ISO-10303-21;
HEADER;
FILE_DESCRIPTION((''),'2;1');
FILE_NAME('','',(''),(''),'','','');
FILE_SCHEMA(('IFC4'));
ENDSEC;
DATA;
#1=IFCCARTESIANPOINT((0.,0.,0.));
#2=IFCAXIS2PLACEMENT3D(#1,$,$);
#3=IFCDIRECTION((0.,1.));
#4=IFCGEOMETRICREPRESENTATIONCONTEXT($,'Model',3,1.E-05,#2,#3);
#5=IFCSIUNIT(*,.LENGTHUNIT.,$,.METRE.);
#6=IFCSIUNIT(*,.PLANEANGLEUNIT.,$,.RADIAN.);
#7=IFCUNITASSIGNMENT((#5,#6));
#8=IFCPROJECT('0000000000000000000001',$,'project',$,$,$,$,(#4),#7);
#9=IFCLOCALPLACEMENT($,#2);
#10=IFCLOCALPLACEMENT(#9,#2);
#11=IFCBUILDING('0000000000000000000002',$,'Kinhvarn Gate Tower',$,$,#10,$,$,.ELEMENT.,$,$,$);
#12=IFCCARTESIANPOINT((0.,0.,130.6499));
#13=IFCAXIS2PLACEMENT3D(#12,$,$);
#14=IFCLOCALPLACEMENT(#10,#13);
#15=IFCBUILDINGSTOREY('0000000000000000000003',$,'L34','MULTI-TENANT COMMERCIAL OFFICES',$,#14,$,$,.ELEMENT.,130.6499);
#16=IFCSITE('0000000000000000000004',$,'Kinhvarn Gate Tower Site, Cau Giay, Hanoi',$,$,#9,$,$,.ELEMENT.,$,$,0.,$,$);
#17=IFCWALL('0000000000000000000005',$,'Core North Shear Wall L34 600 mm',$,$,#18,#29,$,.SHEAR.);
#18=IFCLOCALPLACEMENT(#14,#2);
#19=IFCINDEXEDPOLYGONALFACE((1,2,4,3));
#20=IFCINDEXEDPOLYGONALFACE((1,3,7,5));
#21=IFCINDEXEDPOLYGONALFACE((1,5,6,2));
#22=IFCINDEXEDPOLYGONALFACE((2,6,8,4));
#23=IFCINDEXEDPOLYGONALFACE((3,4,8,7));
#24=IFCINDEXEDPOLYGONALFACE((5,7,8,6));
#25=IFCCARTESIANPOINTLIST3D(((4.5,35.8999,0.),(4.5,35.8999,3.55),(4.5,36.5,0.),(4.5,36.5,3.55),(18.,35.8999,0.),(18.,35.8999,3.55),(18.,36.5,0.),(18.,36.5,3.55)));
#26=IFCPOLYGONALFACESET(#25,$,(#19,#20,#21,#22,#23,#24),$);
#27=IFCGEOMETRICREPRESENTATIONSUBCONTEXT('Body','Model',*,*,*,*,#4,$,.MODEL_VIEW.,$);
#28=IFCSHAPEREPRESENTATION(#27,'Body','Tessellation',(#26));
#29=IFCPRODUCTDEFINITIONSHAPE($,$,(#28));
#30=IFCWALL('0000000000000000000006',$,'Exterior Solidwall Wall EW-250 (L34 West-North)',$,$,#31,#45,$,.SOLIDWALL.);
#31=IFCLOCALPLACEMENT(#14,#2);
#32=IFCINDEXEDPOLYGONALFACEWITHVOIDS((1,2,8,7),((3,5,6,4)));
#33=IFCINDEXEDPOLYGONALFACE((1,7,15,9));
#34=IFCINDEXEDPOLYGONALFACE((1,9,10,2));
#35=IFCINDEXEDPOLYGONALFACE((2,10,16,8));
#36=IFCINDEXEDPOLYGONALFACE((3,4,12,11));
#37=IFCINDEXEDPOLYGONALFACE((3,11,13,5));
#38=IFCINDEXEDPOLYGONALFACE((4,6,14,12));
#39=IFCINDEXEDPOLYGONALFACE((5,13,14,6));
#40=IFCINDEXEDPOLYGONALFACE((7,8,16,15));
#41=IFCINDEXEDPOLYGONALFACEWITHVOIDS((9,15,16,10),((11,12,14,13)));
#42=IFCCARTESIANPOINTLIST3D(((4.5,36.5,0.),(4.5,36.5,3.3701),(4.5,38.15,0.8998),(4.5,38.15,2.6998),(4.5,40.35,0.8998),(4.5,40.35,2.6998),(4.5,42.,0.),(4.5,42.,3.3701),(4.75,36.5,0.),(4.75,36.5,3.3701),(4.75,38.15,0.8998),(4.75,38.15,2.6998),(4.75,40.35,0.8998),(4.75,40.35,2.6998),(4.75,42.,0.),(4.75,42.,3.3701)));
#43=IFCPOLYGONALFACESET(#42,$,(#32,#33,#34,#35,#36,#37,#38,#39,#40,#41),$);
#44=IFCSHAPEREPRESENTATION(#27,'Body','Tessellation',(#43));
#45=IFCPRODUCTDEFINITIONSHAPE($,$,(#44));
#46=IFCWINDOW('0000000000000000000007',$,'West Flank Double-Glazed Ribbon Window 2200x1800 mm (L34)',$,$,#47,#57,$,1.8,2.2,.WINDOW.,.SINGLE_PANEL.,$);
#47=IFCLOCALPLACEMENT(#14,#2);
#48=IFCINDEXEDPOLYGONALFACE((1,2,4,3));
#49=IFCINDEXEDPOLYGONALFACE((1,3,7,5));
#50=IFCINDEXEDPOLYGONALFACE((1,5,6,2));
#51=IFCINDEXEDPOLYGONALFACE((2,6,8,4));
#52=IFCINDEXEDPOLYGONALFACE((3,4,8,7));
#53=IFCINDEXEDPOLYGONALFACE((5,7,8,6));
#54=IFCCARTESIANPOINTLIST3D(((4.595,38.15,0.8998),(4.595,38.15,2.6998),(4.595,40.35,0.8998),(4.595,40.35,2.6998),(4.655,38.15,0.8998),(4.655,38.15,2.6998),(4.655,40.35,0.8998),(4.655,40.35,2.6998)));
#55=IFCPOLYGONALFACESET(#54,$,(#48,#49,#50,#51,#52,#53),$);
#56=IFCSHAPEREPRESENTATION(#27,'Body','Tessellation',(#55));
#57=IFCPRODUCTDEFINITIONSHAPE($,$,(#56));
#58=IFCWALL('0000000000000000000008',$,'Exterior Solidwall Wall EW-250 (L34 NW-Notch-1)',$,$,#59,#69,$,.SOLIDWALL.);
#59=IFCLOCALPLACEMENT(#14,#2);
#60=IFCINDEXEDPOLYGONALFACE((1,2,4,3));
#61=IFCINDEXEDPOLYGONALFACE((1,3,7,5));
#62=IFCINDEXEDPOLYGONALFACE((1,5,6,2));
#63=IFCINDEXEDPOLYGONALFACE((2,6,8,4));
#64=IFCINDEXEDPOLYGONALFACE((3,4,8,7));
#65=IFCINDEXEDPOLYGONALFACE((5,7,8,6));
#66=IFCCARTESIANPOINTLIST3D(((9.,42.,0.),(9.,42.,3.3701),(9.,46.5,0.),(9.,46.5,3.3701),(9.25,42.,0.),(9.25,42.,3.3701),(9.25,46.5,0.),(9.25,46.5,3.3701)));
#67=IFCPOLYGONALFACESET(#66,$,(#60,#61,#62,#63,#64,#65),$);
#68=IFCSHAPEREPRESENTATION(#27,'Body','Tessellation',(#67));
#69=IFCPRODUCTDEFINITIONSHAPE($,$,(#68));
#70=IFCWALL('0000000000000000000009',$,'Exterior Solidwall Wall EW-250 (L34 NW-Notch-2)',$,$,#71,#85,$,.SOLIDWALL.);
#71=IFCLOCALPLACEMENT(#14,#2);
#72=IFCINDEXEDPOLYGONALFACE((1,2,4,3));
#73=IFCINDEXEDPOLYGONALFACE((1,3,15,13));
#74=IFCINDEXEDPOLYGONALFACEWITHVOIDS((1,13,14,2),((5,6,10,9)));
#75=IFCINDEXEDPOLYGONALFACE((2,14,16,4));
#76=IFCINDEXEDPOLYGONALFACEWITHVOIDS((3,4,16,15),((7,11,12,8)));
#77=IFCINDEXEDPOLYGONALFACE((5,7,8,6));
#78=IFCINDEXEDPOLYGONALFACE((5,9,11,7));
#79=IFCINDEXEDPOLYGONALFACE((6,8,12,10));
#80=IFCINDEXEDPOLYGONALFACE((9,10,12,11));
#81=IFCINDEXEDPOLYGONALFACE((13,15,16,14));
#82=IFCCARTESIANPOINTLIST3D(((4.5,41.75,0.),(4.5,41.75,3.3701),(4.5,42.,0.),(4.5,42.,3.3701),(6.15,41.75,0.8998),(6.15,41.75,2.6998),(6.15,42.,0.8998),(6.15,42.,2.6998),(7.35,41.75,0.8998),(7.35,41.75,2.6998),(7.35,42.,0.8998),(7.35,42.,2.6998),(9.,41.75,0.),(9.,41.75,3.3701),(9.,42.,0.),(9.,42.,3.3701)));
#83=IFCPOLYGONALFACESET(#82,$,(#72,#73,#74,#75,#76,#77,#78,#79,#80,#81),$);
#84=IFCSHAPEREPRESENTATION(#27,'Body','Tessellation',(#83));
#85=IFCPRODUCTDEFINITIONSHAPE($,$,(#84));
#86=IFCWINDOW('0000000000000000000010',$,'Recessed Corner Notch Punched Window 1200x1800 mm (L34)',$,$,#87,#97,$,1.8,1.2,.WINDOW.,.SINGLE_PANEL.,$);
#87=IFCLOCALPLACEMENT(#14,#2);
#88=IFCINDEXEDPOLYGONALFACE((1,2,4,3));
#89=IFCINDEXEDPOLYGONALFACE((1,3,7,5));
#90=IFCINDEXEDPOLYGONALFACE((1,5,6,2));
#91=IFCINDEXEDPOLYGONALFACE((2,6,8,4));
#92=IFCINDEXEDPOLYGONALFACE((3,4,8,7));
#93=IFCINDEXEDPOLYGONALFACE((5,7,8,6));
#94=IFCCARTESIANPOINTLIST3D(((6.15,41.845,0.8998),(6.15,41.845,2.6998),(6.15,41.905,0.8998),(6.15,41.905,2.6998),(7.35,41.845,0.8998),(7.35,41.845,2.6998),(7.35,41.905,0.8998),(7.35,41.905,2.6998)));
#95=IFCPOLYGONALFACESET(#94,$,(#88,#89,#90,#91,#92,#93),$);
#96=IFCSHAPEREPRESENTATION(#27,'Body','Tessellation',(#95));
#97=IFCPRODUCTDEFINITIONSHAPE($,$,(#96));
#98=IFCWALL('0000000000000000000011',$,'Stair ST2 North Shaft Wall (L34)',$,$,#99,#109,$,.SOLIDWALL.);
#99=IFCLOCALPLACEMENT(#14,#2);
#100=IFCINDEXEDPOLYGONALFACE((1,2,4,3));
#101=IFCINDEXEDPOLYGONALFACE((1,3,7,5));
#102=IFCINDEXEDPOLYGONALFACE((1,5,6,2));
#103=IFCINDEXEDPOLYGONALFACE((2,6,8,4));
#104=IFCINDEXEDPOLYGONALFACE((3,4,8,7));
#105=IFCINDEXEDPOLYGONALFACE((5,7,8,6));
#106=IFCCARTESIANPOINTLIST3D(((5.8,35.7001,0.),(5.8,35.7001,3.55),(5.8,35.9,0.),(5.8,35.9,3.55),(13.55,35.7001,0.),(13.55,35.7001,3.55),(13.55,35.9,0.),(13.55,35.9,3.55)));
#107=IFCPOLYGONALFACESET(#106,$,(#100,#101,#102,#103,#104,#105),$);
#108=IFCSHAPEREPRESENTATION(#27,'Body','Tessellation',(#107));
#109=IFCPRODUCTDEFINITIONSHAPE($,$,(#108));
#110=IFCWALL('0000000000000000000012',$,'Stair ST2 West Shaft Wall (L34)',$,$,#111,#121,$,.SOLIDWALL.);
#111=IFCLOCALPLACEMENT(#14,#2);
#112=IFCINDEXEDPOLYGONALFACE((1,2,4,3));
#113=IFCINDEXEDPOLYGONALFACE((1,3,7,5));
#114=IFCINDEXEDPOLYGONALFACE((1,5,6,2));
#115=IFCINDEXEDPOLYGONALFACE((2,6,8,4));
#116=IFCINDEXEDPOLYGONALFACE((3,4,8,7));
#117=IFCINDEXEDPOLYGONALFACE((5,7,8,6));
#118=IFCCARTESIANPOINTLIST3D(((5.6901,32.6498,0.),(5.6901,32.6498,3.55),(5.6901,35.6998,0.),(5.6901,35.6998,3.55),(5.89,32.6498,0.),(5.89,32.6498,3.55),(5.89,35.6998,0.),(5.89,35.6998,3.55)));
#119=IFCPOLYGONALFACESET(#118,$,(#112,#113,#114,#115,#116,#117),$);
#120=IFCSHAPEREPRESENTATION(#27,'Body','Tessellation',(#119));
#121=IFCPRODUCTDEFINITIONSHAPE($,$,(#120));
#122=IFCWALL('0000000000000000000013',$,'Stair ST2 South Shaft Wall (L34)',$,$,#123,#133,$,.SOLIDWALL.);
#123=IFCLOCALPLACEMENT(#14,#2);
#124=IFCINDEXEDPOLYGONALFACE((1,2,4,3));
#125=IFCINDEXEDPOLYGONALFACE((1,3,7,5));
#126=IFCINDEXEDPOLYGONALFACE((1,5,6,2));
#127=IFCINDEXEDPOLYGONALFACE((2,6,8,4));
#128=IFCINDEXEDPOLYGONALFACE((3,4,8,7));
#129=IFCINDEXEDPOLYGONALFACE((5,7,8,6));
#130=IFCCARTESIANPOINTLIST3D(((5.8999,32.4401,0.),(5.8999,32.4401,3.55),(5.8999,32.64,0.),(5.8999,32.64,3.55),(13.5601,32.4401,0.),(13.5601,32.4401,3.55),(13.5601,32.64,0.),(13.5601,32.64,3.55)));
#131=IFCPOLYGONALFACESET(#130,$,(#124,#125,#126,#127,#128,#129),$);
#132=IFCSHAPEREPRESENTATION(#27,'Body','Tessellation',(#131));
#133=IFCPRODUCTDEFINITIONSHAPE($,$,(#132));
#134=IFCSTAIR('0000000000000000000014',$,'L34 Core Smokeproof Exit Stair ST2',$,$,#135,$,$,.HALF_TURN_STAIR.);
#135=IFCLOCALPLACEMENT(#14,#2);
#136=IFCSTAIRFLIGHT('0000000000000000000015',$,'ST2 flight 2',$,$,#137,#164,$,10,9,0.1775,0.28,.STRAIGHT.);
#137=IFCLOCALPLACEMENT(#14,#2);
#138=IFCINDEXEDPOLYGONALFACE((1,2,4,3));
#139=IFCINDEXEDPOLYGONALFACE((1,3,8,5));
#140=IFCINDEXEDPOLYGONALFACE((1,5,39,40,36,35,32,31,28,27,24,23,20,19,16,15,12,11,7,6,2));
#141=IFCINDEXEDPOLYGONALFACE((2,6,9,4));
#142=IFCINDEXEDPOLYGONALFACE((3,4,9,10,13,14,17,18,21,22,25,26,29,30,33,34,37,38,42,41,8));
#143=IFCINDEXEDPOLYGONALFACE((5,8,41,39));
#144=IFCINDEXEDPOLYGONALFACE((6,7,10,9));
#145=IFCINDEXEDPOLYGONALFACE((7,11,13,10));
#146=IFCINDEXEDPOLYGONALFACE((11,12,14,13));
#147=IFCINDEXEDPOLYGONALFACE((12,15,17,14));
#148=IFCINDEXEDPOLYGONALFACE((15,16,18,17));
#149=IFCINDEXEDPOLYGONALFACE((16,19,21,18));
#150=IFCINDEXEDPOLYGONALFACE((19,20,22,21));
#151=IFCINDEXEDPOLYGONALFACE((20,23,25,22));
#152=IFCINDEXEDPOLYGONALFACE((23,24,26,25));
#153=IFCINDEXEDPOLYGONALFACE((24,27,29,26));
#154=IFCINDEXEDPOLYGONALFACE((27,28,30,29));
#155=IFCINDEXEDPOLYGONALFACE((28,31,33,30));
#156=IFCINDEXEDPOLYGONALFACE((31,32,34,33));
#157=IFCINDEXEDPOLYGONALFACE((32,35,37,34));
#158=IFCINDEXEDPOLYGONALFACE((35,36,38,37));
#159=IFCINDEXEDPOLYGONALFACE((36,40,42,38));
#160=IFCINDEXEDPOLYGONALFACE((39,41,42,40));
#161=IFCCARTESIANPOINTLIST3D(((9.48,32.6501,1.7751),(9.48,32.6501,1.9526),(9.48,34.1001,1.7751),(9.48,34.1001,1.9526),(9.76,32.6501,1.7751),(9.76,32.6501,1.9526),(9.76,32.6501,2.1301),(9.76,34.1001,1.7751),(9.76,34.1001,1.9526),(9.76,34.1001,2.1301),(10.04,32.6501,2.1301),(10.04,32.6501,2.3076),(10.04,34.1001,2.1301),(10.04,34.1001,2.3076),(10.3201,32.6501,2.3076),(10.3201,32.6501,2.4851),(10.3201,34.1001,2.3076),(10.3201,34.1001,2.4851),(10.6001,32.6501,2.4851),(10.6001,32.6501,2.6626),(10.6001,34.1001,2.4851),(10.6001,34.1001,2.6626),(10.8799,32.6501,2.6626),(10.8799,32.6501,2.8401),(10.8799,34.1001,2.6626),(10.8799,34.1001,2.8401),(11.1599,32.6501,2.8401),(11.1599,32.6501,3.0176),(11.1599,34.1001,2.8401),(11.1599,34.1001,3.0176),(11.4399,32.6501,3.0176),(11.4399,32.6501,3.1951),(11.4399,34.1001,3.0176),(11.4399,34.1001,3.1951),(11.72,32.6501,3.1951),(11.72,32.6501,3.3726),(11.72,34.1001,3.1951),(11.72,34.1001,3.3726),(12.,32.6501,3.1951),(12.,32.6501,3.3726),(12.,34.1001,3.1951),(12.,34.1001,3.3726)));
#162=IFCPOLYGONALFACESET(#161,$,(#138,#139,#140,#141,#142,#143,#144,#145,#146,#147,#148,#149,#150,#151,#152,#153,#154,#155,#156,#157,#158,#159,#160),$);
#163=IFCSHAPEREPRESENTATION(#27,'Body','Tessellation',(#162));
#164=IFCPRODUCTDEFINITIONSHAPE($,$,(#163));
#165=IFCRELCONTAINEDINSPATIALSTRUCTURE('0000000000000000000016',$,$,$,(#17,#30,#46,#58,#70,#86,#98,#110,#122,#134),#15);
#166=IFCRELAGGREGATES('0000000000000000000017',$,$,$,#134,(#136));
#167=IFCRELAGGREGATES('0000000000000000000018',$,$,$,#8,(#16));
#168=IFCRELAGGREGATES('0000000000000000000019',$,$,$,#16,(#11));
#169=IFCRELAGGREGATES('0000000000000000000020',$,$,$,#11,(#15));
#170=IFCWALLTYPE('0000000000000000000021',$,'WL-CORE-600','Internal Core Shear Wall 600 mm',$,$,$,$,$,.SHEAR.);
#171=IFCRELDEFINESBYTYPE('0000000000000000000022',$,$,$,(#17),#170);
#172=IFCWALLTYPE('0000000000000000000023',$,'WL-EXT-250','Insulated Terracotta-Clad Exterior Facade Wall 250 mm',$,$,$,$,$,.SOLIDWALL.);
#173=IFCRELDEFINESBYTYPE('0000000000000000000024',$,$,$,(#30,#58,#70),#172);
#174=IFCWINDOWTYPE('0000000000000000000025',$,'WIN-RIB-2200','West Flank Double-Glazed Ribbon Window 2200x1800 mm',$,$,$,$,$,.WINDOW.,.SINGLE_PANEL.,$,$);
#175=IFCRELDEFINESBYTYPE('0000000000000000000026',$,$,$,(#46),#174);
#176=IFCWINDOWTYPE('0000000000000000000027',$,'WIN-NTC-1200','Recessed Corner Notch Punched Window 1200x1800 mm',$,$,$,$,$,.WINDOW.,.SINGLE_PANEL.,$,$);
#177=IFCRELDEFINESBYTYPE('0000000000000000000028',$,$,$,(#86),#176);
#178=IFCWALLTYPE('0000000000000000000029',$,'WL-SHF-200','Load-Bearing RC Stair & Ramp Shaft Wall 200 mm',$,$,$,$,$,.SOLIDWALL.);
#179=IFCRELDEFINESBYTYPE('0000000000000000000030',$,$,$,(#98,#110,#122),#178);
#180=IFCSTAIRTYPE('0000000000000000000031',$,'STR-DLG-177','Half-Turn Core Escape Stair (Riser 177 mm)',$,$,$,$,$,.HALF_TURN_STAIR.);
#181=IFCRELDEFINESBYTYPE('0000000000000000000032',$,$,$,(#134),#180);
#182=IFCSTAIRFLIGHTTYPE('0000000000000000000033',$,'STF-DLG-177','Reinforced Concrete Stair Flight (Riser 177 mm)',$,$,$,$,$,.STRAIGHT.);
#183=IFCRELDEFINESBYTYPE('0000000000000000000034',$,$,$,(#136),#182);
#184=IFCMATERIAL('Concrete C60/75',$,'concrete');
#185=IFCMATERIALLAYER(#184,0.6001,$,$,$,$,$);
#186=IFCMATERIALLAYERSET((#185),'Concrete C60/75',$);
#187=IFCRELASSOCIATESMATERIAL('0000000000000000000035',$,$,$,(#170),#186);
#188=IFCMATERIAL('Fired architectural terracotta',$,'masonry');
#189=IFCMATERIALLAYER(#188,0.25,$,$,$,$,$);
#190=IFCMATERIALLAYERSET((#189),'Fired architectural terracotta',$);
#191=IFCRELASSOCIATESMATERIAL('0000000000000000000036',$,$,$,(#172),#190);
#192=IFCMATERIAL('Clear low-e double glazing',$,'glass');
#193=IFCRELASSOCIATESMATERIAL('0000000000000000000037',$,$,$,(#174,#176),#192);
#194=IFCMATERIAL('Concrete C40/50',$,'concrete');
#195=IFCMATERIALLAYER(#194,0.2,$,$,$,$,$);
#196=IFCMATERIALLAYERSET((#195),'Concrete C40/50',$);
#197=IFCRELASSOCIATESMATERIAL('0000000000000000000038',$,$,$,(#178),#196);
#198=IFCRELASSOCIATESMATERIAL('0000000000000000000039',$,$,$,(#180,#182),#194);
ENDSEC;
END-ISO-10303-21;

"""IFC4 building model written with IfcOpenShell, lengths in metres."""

from ifc_helpers import new_model, si_unit, direction, frame, frame_2d, origin, place, context, subcontext, project, spatial, polyline, rectangle, outline, extrude, material, layer, layer_set, type_object, element, fill, aggregate, save


model = new_model("IFC4")

# Units and contexts
model_context = context("Model", 3, precision=1e-05, world=origin(), true_north=direction((0.0, 1.0)))
body_context = subcontext(model_context, "Body", "Model", "MODEL_VIEW")
ifc_project = project(units=[si_unit("LENGTHUNIT", "METRE"), si_unit("PLANEANGLEUNIT", "RADIAN")], contexts=[model_context])

# Site, building, storey
site_placement = place(None, origin())
site = spatial("IfcSite", under=ifc_project, at=site_placement, Name="Kinhvarn Gate Tower Site, Cau Giay, Hanoi", CompositionType="ELEMENT", RefElevation=0.0)
building_placement = place(site_placement, origin())
building = spatial("IfcBuilding", under=site, at=building_placement, Name="Kinhvarn Gate Tower", CompositionType="ELEMENT")
storey_placement = place(building_placement, frame((0.0, 0.0, 130.6499)))
storey = spatial("IfcBuildingStorey", under=building, at=storey_placement, Name="L34", Description="MULTI-TENANT COMMERCIAL OFFICES", CompositionType="ELEMENT", Elevation=130.6499)

# Shared definitions
ifc_material_1 = material(Name="Concrete C60/75", Category="concrete")

# Shared definitions
ifc_material_2 = material(Name="Clear low-e double glazing", Category="glass")

# Wall
ifc_layer_1 = layer(ifc_material_1, 0.6001)
ifc_layer_set_1 = layer_set([ifc_layer_1], Name="Concrete C60/75")
wall_type_1 = type_object("IfcWallType", Name="WL-CORE-600", Description="Internal Core Shear Wall 600 mm", PredefinedType="SHEAR", material=ifc_layer_set_1)
wall_1_placement = place(storey_placement, frame((4.5, 36.2, 0.0), z_axis=(0.0, 0.0, 1.0), x_axis=(1.0, 0.0, 0.0)))
element("IfcWall", 1, at=wall_1_placement, inside=storey, type_object=wall_type_1, Name="Core North Shear Wall L34 600 mm", PredefinedType="SHEAR", context=body_context, shape_type="SweptSolid", body=[
    extrude(rectangle(XDim=13.5, YDim=0.6001, at=frame_2d((6.75, 0.0))), origin(), (0.0, 0.0, 1.0), 3.55),
])

# Wall, opening, window
ifc_material_3 = material(Name="Fired architectural terracotta", Category="masonry")
ifc_layer_2 = layer(ifc_material_3, 0.25)
ifc_layer_set_2 = layer_set([ifc_layer_2], Name="Fired architectural terracotta")
wall_type_2 = type_object("IfcWallType", Name="WL-EXT-250", Description="Insulated Terracotta-Clad Exterior Facade Wall 250 mm", PredefinedType="SOLIDWALL", material=ifc_layer_set_2)
wall_2_placement = place(storey_placement, frame((4.625, 42.0, 0.0), z_axis=(0.0, 0.0, 1.0), x_axis=(0.0, -1.0, 0.0)))
wall_2 = element("IfcWall", 2, at=wall_2_placement, inside=storey, type_object=wall_type_2, Name="Exterior Solidwall Wall EW-250 (L34 West-North)", PredefinedType="SOLIDWALL", context=body_context, shape_type="SweptSolid", body=[
    extrude(rectangle(XDim=5.5, YDim=0.25, at=frame_2d((2.75, 0.0))), origin(), (0.0, 0.0, 1.0), 3.3701),
])
opening_1_placement = place(wall_2_placement, frame((1.6499, 0.0, 0.8999)))
opening_1 = element("IfcOpeningElement", 3, at=opening_1_placement, cuts=wall_2, PredefinedType="OPENING", context=body_context, shape_type="SweptSolid", body=[
    extrude(rectangle(XDim=2.2, YDim=1.8, at=frame_2d((1.1001, 0.8999))), frame((0.0, 0.135, 0.0), z_axis=(0.0, -1.0, 0.0), x_axis=(1.0, 0.0, 0.0)), (0.0, 0.0, 1.0), 0.27),
])
window_type_1 = type_object("IfcWindowType", Name="WIN-RIB-2200", Description="West Flank Double-Glazed Ribbon Window 2200x1800 mm", PartitioningType="SINGLE_PANEL", PredefinedType="WINDOW", material=ifc_material_2)
window_1_placement = place(opening_1_placement, origin())
window_1 = element("IfcWindow", 4, at=window_1_placement, inside=storey, type_object=window_type_1, Name="West Flank Double-Glazed Ribbon Window 2200x1800 mm (L34)", OverallHeight=1.8, OverallWidth=2.2, PartitioningType="SINGLE_PANEL", PredefinedType="WINDOW", context=body_context, shape_type="SweptSolid", body=[
    extrude(rectangle(XDim=2.2, YDim=1.8, at=frame_2d((1.1001, 0.8999))), frame((0.0, 0.03, 0.0), z_axis=(0.0, -1.0, 0.0), x_axis=(1.0, 0.0, 0.0)), (0.0, 0.0, 1.0), 0.0601),
])
fill(opening_1, window_1)

# Wall
wall_3_placement = place(storey_placement, frame((9.125, 46.5, 0.0), z_axis=(0.0, 0.0, 1.0), x_axis=(0.0, -1.0, 0.0)))
element("IfcWall", 5, at=wall_3_placement, inside=storey, type_object=wall_type_2, Name="Exterior Solidwall Wall EW-250 (L34 NW-Notch-1)", PredefinedType="SOLIDWALL", context=body_context, shape_type="SweptSolid", body=[
    extrude(rectangle(XDim=4.5, YDim=0.25, at=frame_2d((2.25, 0.0))), origin(), (0.0, 0.0, 1.0), 3.3701),
])

# Wall, opening, window
wall_4_placement = place(storey_placement, frame((9.0, 41.875, 0.0), z_axis=(0.0, 0.0, 1.0), x_axis=(-1.0, 0.0, 0.0)))
wall_4 = element("IfcWall", 6, at=wall_4_placement, inside=storey, type_object=wall_type_2, Name="Exterior Solidwall Wall EW-250 (L34 NW-Notch-2)", PredefinedType="SOLIDWALL", context=body_context, shape_type="SweptSolid", body=[
    extrude(rectangle(XDim=4.5, YDim=0.25, at=frame_2d((2.25, 0.0))), origin(), (0.0, 0.0, 1.0), 3.3701),
])
opening_2_placement = place(wall_4_placement, frame((1.6499, 0.0, 0.8999)))
opening_2 = element("IfcOpeningElement", 7, at=opening_2_placement, cuts=wall_4, PredefinedType="OPENING", context=body_context, shape_type="SweptSolid", body=[
    extrude(rectangle(XDim=1.2, YDim=1.8, at=frame_2d((0.6001, 0.8999))), frame((0.0, 0.135, 0.0), z_axis=(0.0, -1.0, 0.0), x_axis=(1.0, 0.0, 0.0)), (0.0, 0.0, 1.0), 0.27),
])
window_type_2 = type_object("IfcWindowType", Name="WIN-NTC-1200", Description="Recessed Corner Notch Punched Window 1200x1800 mm", PartitioningType="SINGLE_PANEL", PredefinedType="WINDOW", material=ifc_material_2)
window_2_placement = place(opening_2_placement, origin())
window_2 = element("IfcWindow", 8, at=window_2_placement, inside=storey, type_object=window_type_2, Name="Recessed Corner Notch Punched Window 1200x1800 mm (L34)", OverallHeight=1.8, OverallWidth=1.2, PartitioningType="SINGLE_PANEL", PredefinedType="WINDOW", context=body_context, shape_type="SweptSolid", body=[
    extrude(rectangle(XDim=1.2, YDim=1.8, at=frame_2d((0.6001, 0.8999))), frame((0.0, 0.03, 0.0), z_axis=(0.0, -1.0, 0.0), x_axis=(1.0, 0.0, 0.0)), (0.0, 0.0, 1.0), 0.0601),
])
fill(opening_2, window_2)

# Walls
ifc_material_4 = material(Name="Concrete C40/50", Category="concrete")
ifc_layer_3 = layer(ifc_material_4, 0.2)
ifc_layer_set_3 = layer_set([ifc_layer_3], Name="Concrete C40/50")
wall_type_3 = type_object("IfcWallType", Name="WL-SHF-200", Description="Load-Bearing RC Stair & Ramp Shaft Wall 200 mm", PredefinedType="SOLIDWALL", material=ifc_layer_set_3)
wall_5_placement = place(storey_placement, frame((5.8, 35.8, 0.0), z_axis=(0.0, 0.0, 1.0), x_axis=(1.0, 0.0, 0.0)))
element("IfcWall", 9, at=wall_5_placement, inside=storey, type_object=wall_type_3, Name="Stair ST2 North Shaft Wall (L34)", PredefinedType="SOLIDWALL", context=body_context, shape_type="SweptSolid", body=[
    extrude(rectangle(XDim=7.75, YDim=0.2, at=frame_2d((3.875, 0.0))), origin(), (0.0, 0.0, 1.0), 3.55),
])
wall_6_placement = place(storey_placement, frame((5.79, 32.6499, 0.0), z_axis=(0.0, 0.0, 1.0), x_axis=(0.0, 1.0, 0.0)))
element("IfcWall", 10, at=wall_6_placement, inside=storey, type_object=wall_type_3, Name="Stair ST2 West Shaft Wall (L34)", PredefinedType="SOLIDWALL", context=body_context, shape_type="SweptSolid", body=[
    extrude(rectangle(XDim=3.05, YDim=0.2, at=frame_2d((1.5249, 0.0))), origin(), (0.0, 0.0, 1.0), 3.55),
])
wall_7_placement = place(storey_placement, frame((5.8999, 32.54, 0.0), z_axis=(0.0, 0.0, 1.0), x_axis=(1.0, 0.0, 0.0)))
element("IfcWall", 11, at=wall_7_placement, inside=storey, type_object=wall_type_3, Name="Stair ST2 South Shaft Wall (L34)", PredefinedType="SOLIDWALL", context=body_context, shape_type="SweptSolid", body=[
    extrude(rectangle(XDim=7.6602, YDim=0.2, at=frame_2d((3.8301, 0.0))), origin(), (0.0, 0.0, 1.0), 3.55),
])

# Stair, stair flight
stair_type = type_object("IfcStairType", Name="STR-DLG-177", Description="Half-Turn Core Escape Stair (Riser 177 mm)", PredefinedType="HALF_TURN_STAIR", material=ifc_material_4)
stair_placement = place(storey_placement, origin())
stair = element("IfcStair", 12, at=stair_placement, inside=storey, type_object=stair_type, Name="L34 Core Smokeproof Exit Stair ST2", PredefinedType="HALF_TURN_STAIR")
stair_flight_type = type_object("IfcStairFlightType", Name="STF-DLG-177", Description="Reinforced Concrete Stair Flight (Riser 177 mm)", PredefinedType="STRAIGHT", material=ifc_material_4)
stair_flight_placement = place(storey_placement, frame((9.48, 33.375, 1.7751), z_axis=(0.0, 0.0, 1.0), x_axis=(1.0, 0.0, 0.0)))
stair_flight = element("IfcStairFlight", 13, at=stair_flight_placement, type_object=stair_flight_type, Name="ST2 flight 2", NumberOfRisers=10, NumberOfTreads=9, PredefinedType="STRAIGHT", RiserHeight=0.1775, TreadLength=0.28, context=body_context, shape_type="SweptSolid", body=[
    extrude(outline(polyline([(0.0, 0.0), (0.0, 0.1775), (0.28, 0.1775), (0.28, 0.355), (0.5601, 0.355), (0.5601, 0.5325), (0.8401, 0.5325), (0.8401, 0.71), (1.1201, 0.71), (1.1201, 0.8875), (1.3999, 0.8875), (1.3999, 1.0649), (1.6799, 1.0649), (1.6799, 1.2424), (1.96, 1.2424), (1.96, 1.4199), (2.24, 1.4199), (2.24, 1.5974), (2.52, 1.5974), (2.52, 1.7749), (2.52, 1.4199), (0.28, 0.0), (0.0, 0.0)])), frame((0.0, 0.7251, 0.0), z_axis=(0.0, -1.0, 0.0), x_axis=(1.0, 0.0, 0.0)), (0.0, 0.0, 1.0), 1.45),
])
aggregate(stair, [stair_flight])

save(model, "model.ifc")
